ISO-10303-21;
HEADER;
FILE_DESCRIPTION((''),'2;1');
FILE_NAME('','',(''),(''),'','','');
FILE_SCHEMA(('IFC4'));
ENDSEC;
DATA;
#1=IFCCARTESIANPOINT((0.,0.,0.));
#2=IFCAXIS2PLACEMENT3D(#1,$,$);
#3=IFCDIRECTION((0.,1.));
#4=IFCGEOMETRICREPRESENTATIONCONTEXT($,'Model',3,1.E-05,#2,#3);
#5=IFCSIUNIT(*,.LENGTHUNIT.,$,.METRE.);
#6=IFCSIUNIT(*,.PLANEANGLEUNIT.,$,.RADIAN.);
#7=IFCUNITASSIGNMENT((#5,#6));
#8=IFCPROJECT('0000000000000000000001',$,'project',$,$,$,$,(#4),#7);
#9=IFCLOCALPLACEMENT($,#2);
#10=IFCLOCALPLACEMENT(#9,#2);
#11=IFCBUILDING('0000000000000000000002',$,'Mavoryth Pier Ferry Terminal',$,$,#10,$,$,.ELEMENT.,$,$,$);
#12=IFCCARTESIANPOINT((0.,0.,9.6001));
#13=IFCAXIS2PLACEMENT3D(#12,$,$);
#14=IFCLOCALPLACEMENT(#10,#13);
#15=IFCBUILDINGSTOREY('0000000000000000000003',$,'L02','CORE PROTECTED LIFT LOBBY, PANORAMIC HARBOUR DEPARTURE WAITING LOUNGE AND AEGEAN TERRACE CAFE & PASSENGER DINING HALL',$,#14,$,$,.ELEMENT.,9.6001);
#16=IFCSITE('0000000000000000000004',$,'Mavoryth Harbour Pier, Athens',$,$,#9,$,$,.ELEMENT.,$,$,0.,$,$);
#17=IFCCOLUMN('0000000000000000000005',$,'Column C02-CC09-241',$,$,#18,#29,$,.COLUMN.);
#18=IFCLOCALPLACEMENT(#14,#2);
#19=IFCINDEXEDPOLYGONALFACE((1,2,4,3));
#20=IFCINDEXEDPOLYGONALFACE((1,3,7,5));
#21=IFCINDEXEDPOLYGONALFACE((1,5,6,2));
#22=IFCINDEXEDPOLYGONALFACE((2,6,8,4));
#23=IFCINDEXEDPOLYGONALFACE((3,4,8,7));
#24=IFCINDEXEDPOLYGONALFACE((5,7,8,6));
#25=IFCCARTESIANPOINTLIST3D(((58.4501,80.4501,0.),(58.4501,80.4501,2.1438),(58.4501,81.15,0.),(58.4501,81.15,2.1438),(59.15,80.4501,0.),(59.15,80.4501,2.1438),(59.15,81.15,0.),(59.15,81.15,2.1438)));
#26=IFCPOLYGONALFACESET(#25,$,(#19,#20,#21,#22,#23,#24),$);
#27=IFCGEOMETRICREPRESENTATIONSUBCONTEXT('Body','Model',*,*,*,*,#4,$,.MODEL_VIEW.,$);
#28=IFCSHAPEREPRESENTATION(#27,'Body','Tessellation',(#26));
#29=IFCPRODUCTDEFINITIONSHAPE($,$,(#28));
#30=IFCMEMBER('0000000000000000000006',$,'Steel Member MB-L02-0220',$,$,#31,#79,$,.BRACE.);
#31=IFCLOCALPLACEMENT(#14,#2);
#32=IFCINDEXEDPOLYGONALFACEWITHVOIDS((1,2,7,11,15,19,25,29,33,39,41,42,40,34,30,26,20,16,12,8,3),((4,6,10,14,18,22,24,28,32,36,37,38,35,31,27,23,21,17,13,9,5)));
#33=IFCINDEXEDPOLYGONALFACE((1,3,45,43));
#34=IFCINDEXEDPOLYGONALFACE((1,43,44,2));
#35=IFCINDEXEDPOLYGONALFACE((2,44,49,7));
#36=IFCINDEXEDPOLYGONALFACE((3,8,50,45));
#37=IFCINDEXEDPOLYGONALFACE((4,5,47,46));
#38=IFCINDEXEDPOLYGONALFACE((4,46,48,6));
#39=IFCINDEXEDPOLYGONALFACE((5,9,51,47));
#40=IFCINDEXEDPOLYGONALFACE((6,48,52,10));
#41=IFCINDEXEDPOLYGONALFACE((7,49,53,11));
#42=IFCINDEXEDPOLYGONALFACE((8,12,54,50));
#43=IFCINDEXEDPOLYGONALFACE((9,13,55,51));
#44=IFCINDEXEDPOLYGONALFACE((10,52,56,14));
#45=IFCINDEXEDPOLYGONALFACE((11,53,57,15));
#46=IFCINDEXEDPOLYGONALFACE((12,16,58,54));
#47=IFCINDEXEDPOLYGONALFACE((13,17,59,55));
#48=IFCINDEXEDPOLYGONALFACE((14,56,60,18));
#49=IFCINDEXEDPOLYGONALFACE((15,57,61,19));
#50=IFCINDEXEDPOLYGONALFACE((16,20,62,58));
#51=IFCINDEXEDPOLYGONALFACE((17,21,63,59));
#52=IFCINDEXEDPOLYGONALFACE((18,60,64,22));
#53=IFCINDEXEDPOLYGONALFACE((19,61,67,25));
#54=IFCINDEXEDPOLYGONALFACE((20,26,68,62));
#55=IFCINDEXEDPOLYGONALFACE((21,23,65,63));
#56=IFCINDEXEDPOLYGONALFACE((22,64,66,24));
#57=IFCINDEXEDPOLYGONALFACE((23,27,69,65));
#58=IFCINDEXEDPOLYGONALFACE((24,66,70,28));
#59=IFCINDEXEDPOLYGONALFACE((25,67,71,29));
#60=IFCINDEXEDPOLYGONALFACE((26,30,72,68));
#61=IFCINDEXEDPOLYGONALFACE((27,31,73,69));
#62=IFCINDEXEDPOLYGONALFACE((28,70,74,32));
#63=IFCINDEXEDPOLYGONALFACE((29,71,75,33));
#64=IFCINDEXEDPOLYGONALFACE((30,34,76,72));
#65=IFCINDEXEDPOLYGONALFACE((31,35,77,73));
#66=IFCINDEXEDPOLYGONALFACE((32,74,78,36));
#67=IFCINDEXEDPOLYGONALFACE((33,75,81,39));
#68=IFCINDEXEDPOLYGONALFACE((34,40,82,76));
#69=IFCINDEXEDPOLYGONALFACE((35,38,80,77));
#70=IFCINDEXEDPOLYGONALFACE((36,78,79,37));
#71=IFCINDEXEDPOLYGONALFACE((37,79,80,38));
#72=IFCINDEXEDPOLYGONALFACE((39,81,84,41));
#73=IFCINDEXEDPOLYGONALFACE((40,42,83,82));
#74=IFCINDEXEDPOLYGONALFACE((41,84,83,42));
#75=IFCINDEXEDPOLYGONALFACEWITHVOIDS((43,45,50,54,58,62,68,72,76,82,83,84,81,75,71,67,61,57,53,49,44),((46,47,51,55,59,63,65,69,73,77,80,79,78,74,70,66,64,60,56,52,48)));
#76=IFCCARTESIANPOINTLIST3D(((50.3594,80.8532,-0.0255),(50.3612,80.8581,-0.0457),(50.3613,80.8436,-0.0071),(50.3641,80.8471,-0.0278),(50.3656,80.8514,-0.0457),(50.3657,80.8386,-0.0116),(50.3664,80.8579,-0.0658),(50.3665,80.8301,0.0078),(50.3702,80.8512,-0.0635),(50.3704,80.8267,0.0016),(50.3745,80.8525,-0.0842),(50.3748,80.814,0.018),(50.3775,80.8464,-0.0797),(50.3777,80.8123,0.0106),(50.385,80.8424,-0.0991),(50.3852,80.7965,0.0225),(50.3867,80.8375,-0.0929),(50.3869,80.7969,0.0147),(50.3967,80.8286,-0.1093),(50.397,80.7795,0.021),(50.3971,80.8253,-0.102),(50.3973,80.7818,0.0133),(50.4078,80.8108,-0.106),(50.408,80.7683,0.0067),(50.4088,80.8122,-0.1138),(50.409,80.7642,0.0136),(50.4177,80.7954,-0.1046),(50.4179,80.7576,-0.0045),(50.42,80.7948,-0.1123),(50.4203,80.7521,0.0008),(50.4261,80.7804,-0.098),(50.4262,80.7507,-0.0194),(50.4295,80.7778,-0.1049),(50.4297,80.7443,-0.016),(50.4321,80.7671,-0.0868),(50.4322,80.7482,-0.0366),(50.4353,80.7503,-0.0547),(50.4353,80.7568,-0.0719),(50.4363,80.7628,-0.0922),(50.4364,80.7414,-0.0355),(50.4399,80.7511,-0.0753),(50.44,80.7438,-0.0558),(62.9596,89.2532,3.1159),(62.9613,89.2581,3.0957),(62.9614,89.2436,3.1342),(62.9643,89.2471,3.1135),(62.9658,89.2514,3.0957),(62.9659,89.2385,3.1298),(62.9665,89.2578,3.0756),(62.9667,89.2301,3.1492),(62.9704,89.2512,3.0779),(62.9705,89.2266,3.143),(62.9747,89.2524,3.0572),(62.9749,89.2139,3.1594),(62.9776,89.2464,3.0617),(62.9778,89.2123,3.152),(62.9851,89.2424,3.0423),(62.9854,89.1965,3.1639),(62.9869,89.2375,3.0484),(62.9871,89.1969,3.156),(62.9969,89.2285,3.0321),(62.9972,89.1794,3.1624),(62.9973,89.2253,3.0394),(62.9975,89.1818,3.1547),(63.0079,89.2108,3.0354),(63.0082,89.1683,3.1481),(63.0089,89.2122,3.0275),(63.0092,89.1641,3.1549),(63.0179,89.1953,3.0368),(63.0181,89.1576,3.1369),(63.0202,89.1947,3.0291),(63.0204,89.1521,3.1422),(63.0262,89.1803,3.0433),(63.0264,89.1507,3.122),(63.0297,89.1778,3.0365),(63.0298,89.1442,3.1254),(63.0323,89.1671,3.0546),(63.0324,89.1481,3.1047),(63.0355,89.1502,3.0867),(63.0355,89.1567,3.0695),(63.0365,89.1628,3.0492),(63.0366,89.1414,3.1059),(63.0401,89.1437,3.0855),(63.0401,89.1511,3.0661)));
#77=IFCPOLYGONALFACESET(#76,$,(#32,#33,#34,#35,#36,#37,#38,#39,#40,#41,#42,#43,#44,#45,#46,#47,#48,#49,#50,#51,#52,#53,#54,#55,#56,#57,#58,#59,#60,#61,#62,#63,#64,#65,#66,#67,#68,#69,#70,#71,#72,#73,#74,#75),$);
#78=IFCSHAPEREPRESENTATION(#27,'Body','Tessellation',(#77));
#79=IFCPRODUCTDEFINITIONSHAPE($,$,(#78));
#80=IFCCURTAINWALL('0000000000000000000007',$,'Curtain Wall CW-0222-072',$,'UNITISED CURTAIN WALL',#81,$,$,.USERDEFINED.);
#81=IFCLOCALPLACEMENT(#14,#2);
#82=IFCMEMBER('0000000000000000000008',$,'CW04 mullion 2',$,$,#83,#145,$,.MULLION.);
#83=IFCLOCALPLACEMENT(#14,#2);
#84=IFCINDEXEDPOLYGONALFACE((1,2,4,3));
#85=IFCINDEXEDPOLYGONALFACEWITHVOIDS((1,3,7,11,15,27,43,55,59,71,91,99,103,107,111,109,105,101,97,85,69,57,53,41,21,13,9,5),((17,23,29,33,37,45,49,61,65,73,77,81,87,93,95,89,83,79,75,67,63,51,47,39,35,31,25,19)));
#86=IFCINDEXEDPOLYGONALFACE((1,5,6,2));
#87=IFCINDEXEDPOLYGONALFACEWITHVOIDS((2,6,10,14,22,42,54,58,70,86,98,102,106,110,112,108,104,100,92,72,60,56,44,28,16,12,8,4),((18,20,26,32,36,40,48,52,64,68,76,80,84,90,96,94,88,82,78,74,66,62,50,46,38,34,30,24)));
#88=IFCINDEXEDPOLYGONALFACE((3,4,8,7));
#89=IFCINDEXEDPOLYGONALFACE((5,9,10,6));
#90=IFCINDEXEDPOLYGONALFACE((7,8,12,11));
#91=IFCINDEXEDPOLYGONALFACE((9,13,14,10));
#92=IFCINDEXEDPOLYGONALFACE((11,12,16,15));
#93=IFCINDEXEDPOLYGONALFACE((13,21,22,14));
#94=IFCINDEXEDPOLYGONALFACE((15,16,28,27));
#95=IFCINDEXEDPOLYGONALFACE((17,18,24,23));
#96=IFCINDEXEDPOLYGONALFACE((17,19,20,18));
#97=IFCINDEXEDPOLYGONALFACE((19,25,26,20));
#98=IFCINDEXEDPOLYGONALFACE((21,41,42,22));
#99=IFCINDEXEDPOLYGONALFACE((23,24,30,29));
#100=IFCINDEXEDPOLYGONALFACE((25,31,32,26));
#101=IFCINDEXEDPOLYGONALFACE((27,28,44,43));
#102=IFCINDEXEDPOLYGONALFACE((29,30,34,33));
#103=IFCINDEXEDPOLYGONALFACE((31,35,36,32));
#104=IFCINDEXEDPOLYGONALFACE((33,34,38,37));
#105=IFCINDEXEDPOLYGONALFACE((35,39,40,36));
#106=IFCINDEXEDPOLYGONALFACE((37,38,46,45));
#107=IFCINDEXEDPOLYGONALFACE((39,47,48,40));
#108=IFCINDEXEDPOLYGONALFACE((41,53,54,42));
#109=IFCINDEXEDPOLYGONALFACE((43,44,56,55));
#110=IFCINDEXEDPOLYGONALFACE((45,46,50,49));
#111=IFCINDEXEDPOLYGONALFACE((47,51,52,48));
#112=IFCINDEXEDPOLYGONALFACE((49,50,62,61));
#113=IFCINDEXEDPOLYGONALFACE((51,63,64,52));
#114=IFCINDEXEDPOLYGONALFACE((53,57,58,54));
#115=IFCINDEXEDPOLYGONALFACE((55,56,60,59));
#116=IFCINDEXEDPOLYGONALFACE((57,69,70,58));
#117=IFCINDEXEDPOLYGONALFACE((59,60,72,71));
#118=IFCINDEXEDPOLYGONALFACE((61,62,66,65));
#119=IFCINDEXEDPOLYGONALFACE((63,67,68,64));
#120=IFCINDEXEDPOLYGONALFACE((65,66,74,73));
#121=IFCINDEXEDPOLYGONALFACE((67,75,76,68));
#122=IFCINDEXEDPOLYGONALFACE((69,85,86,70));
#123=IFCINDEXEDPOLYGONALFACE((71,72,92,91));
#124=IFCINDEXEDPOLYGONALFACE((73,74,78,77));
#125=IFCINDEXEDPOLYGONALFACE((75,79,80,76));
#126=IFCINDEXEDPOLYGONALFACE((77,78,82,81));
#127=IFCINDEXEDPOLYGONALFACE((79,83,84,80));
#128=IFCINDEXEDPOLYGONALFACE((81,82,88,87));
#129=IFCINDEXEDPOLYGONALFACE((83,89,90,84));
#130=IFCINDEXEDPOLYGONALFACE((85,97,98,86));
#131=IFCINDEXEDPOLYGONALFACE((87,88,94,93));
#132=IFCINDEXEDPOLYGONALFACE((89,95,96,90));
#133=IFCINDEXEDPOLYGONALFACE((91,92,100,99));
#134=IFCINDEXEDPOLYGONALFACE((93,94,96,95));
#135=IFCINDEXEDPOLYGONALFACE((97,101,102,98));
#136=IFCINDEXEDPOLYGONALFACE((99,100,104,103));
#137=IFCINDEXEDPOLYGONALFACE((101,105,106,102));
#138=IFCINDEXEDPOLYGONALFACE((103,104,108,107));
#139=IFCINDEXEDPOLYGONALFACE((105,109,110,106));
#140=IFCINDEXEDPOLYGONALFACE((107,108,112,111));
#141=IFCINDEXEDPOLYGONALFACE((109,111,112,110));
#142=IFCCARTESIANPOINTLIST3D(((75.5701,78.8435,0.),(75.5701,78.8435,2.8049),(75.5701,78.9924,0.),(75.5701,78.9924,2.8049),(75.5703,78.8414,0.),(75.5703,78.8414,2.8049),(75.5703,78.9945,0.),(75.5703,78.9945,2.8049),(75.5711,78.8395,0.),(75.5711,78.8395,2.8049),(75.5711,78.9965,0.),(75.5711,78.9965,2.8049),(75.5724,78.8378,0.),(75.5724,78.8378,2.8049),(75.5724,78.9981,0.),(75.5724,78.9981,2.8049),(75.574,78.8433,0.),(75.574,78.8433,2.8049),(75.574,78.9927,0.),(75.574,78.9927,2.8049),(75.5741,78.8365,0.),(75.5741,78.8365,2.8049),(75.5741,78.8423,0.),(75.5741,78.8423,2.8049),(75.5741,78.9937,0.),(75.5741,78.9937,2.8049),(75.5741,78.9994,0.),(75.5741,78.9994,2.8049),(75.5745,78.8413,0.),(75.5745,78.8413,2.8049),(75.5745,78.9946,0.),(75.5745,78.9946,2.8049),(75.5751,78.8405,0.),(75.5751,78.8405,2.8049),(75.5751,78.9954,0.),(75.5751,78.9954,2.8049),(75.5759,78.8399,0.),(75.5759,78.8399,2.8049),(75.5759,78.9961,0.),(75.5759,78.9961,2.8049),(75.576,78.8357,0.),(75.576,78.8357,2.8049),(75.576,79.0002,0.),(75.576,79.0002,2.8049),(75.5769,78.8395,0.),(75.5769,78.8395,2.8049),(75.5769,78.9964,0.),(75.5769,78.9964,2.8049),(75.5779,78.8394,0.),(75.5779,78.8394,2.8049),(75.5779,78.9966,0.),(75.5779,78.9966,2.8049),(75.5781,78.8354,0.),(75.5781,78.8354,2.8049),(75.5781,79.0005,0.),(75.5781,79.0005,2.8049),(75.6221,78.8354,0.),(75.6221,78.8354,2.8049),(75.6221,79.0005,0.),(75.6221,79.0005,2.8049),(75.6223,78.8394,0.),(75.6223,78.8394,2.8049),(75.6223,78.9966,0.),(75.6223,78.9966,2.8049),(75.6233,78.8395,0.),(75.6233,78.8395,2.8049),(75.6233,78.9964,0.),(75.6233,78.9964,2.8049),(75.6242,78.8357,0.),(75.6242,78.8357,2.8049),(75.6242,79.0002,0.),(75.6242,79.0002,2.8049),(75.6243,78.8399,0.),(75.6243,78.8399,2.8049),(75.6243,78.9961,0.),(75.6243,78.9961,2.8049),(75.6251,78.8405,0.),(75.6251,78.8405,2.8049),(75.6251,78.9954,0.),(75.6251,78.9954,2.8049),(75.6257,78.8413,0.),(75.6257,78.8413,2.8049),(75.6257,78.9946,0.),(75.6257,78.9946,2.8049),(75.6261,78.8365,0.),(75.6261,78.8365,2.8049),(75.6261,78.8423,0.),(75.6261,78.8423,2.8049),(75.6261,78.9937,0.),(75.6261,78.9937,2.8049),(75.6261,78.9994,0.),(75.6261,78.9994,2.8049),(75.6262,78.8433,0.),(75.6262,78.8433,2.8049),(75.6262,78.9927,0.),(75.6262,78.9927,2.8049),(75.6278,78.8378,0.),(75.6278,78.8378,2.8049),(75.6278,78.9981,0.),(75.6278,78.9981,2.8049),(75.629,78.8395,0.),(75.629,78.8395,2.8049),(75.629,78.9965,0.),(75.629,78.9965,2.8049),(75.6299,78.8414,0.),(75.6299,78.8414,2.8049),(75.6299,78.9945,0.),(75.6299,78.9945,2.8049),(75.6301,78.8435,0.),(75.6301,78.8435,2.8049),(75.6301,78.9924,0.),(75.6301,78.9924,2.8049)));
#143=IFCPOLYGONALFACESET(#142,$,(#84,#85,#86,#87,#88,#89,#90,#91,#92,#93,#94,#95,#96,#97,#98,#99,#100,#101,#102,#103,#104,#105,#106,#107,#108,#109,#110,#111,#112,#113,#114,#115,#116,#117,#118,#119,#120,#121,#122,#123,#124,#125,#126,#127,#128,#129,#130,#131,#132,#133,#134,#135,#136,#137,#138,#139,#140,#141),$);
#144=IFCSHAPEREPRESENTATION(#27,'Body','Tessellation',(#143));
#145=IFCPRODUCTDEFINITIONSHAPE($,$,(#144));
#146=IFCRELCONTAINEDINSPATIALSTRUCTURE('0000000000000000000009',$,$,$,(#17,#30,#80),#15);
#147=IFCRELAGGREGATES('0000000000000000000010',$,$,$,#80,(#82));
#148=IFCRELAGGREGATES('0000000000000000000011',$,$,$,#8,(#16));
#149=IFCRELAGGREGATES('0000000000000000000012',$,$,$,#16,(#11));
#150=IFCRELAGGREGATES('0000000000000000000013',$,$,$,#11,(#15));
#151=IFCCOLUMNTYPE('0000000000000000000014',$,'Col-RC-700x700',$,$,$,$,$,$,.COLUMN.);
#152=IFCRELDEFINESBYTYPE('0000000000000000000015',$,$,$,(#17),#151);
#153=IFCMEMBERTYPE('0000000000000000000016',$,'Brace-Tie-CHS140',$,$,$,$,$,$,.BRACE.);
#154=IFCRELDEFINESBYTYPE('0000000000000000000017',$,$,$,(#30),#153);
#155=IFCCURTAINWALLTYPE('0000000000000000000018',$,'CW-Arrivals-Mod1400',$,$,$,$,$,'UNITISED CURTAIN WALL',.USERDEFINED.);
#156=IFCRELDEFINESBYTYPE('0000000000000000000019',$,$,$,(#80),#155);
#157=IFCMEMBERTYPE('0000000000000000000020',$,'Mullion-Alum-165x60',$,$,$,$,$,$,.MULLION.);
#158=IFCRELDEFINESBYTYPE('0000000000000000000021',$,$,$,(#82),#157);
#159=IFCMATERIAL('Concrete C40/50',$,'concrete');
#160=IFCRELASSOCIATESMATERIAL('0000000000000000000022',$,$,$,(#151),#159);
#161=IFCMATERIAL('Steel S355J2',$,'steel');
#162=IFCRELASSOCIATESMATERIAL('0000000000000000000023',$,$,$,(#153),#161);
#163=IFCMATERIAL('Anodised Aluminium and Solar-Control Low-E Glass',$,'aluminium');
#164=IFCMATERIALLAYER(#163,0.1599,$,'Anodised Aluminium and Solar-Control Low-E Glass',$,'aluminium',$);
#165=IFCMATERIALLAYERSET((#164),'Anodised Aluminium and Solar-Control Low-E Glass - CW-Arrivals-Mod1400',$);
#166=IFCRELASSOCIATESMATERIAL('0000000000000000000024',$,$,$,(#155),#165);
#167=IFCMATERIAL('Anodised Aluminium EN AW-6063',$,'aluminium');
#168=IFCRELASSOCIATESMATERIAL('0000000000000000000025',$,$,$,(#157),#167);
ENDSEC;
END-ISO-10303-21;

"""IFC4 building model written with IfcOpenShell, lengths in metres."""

from ifc_helpers import new_model, si_unit, direction, frame, origin, origin_2d, place, context, subcontext, project, spatial, rectangle, hollow_rectangle, hollow_circle, extrude, material, layer, layer_set, material_profile, profile_set, type_object, element, aggregate, save


model = new_model("IFC4")

# Units and contexts
model_context = context("Model", 3, precision=1e-05, world=origin(), true_north=direction((0.0, 1.0)))
body_context = subcontext(model_context, "Body", "Model", "MODEL_VIEW")
ifc_project = project(units=[si_unit("LENGTHUNIT", "METRE"), si_unit("PLANEANGLEUNIT", "RADIAN")], contexts=[model_context])

# Site, building, storey
site_placement = place(None, origin())
site = spatial("IfcSite", under=ifc_project, at=site_placement, Name="Mavoryth Harbour Pier, Athens", CompositionType="ELEMENT", RefElevation=0.0)
building_placement = place(site_placement, origin())
building = spatial("IfcBuilding", under=site, at=building_placement, Name="Mavoryth Pier Ferry Terminal", CompositionType="ELEMENT")
storey_placement = place(building_placement, frame((0.0, 0.0, 9.6001)))
storey = spatial("IfcBuildingStorey", under=building, at=storey_placement, Name="L02", Description="CORE PROTECTED LIFT LOBBY, PANORAMIC HARBOUR DEPARTURE WAITING LOUNGE AND AEGEAN TERRACE CAFE & PASSENGER DINING HALL", CompositionType="ELEMENT", Elevation=9.6001)

# Column
ifc_material_1 = material(Name="Concrete C40/50", Category="concrete")
ifc_material_profile_1 = material_profile(ifc_material_1, rectangle(XDim=0.7, YDim=0.7, at=origin_2d()), Name="RC 700x700", Category="concrete")
ifc_profile_set_1 = profile_set([ifc_material_profile_1], Name="Concrete C40/50 - RC 700x700")
column_type = type_object("IfcColumnType", Name="Col-RC-700x700", PredefinedType="COLUMN", material=ifc_profile_set_1)
column_placement = place(storey_placement, frame((58.8, 80.8, 0.0), z_axis=(0.0, 0.0, 1.0), x_axis=(1.0, 0.0, 0.0)))
element("IfcColumn", 1, at=column_placement, inside=storey, type_object=column_type, Name="Column C02-CC09-241", PredefinedType="COLUMN", context=body_context, shape_type="SweptSolid", body=[
    extrude(rectangle(XDim=0.7, YDim=0.7, at=origin_2d()), origin(), (0.0, 0.0, 1.0), 2.1438),
])

# Member
ifc_material_2 = material(Name="Steel S355J2", Category="steel")
ifc_material_profile_2 = material_profile(ifc_material_2, hollow_circle(Radius=0.0698, WallThickness=0.0081, at=origin_2d()), Name="CHS 139.7x8.0", Category="steel")
ifc_profile_set_2 = profile_set([ifc_material_profile_2], Name="Steel S355J2 - CHS 139.7x8.0")
member_type_1 = type_object("IfcMemberType", Name="Brace-Tie-CHS140", PredefinedType="BRACE", material=ifc_profile_set_2)
member_1_placement = place(storey_placement, frame((50.3999, 80.8, -0.0457), z_axis=(0.814711, 0.54313, 0.203117), x_axis=(-0.554693, 0.832055, 0.0)))
element("IfcMember", 2, at=member_1_placement, inside=storey, type_object=member_type_1, Name="Steel Member MB-L02-0220", PredefinedType="BRACE", context=body_context, shape_type="SweptSolid", body=[
    extrude(hollow_circle(Radius=0.0698, WallThickness=0.0081, at=origin_2d()), origin(), (0.0, 0.0, 1.0), 15.4658),
])

# Curtain wall, member
ifc_material_3 = material(Name="Anodised Aluminium and Solar-Control Low-E Glass", Category="aluminium")
ifc_layer_1 = layer(ifc_material_3, 0.1599, Name="Anodised Aluminium and Solar-Control Low-E Glass", Category="aluminium")
ifc_layer_set_1 = layer_set([ifc_layer_1], Name="Anodised Aluminium and Solar-Control Low-E Glass - CW-Arrivals-Mod1400")
curtain_wall_type = type_object("IfcCurtainWallType", Name="CW-Arrivals-Mod1400", ElementType="UNITISED CURTAIN WALL", PredefinedType="USERDEFINED", material=ifc_layer_set_1)
curtain_wall_placement = place(storey_placement, origin())
curtain_wall = element("IfcCurtainWall", 3, at=curtain_wall_placement, inside=storey, type_object=curtain_wall_type, Name="Curtain Wall CW-0222-072", ObjectType="UNITISED CURTAIN WALL", PredefinedType="USERDEFINED")
ifc_material_4 = material(Name="Anodised Aluminium EN AW-6063", Category="aluminium")
ifc_material_profile_3 = material_profile(ifc_material_4, hollow_rectangle(XDim=0.0601, YDim=0.165, WallThickness=0.0039, InnerFilletRadius=0.0039, OuterFilletRadius=0.0081, at=origin_2d()), Name="AL-MULL 165x60x4", Category="aluminium")
ifc_profile_set_3 = profile_set([ifc_material_profile_3], Name="Anodised Aluminium EN AW-6063 - AL-MULL 165x60x4")
member_type_2 = type_object("IfcMemberType", Name="Mullion-Alum-165x60", PredefinedType="MULLION", material=ifc_profile_set_3)
member_2_placement = place(storey_placement, frame((75.6001, 78.918, 0.0), z_axis=(0.0, 0.0, 1.0), x_axis=(1.0, 0.0, 0.0)))
member_2 = element("IfcMember", 4, at=member_2_placement, type_object=member_type_2, Name="CW04 mullion 2", PredefinedType="MULLION", context=body_context, shape_type="SweptSolid", body=[
    extrude(hollow_rectangle(XDim=0.0601, YDim=0.165, WallThickness=0.0039, InnerFilletRadius=0.0039, OuterFilletRadius=0.0081, at=origin_2d()), origin(), (0.0, 0.0, 1.0), 2.8049),
])

aggregate(curtain_wall, [member_2])

save(model, "model.ifc")
